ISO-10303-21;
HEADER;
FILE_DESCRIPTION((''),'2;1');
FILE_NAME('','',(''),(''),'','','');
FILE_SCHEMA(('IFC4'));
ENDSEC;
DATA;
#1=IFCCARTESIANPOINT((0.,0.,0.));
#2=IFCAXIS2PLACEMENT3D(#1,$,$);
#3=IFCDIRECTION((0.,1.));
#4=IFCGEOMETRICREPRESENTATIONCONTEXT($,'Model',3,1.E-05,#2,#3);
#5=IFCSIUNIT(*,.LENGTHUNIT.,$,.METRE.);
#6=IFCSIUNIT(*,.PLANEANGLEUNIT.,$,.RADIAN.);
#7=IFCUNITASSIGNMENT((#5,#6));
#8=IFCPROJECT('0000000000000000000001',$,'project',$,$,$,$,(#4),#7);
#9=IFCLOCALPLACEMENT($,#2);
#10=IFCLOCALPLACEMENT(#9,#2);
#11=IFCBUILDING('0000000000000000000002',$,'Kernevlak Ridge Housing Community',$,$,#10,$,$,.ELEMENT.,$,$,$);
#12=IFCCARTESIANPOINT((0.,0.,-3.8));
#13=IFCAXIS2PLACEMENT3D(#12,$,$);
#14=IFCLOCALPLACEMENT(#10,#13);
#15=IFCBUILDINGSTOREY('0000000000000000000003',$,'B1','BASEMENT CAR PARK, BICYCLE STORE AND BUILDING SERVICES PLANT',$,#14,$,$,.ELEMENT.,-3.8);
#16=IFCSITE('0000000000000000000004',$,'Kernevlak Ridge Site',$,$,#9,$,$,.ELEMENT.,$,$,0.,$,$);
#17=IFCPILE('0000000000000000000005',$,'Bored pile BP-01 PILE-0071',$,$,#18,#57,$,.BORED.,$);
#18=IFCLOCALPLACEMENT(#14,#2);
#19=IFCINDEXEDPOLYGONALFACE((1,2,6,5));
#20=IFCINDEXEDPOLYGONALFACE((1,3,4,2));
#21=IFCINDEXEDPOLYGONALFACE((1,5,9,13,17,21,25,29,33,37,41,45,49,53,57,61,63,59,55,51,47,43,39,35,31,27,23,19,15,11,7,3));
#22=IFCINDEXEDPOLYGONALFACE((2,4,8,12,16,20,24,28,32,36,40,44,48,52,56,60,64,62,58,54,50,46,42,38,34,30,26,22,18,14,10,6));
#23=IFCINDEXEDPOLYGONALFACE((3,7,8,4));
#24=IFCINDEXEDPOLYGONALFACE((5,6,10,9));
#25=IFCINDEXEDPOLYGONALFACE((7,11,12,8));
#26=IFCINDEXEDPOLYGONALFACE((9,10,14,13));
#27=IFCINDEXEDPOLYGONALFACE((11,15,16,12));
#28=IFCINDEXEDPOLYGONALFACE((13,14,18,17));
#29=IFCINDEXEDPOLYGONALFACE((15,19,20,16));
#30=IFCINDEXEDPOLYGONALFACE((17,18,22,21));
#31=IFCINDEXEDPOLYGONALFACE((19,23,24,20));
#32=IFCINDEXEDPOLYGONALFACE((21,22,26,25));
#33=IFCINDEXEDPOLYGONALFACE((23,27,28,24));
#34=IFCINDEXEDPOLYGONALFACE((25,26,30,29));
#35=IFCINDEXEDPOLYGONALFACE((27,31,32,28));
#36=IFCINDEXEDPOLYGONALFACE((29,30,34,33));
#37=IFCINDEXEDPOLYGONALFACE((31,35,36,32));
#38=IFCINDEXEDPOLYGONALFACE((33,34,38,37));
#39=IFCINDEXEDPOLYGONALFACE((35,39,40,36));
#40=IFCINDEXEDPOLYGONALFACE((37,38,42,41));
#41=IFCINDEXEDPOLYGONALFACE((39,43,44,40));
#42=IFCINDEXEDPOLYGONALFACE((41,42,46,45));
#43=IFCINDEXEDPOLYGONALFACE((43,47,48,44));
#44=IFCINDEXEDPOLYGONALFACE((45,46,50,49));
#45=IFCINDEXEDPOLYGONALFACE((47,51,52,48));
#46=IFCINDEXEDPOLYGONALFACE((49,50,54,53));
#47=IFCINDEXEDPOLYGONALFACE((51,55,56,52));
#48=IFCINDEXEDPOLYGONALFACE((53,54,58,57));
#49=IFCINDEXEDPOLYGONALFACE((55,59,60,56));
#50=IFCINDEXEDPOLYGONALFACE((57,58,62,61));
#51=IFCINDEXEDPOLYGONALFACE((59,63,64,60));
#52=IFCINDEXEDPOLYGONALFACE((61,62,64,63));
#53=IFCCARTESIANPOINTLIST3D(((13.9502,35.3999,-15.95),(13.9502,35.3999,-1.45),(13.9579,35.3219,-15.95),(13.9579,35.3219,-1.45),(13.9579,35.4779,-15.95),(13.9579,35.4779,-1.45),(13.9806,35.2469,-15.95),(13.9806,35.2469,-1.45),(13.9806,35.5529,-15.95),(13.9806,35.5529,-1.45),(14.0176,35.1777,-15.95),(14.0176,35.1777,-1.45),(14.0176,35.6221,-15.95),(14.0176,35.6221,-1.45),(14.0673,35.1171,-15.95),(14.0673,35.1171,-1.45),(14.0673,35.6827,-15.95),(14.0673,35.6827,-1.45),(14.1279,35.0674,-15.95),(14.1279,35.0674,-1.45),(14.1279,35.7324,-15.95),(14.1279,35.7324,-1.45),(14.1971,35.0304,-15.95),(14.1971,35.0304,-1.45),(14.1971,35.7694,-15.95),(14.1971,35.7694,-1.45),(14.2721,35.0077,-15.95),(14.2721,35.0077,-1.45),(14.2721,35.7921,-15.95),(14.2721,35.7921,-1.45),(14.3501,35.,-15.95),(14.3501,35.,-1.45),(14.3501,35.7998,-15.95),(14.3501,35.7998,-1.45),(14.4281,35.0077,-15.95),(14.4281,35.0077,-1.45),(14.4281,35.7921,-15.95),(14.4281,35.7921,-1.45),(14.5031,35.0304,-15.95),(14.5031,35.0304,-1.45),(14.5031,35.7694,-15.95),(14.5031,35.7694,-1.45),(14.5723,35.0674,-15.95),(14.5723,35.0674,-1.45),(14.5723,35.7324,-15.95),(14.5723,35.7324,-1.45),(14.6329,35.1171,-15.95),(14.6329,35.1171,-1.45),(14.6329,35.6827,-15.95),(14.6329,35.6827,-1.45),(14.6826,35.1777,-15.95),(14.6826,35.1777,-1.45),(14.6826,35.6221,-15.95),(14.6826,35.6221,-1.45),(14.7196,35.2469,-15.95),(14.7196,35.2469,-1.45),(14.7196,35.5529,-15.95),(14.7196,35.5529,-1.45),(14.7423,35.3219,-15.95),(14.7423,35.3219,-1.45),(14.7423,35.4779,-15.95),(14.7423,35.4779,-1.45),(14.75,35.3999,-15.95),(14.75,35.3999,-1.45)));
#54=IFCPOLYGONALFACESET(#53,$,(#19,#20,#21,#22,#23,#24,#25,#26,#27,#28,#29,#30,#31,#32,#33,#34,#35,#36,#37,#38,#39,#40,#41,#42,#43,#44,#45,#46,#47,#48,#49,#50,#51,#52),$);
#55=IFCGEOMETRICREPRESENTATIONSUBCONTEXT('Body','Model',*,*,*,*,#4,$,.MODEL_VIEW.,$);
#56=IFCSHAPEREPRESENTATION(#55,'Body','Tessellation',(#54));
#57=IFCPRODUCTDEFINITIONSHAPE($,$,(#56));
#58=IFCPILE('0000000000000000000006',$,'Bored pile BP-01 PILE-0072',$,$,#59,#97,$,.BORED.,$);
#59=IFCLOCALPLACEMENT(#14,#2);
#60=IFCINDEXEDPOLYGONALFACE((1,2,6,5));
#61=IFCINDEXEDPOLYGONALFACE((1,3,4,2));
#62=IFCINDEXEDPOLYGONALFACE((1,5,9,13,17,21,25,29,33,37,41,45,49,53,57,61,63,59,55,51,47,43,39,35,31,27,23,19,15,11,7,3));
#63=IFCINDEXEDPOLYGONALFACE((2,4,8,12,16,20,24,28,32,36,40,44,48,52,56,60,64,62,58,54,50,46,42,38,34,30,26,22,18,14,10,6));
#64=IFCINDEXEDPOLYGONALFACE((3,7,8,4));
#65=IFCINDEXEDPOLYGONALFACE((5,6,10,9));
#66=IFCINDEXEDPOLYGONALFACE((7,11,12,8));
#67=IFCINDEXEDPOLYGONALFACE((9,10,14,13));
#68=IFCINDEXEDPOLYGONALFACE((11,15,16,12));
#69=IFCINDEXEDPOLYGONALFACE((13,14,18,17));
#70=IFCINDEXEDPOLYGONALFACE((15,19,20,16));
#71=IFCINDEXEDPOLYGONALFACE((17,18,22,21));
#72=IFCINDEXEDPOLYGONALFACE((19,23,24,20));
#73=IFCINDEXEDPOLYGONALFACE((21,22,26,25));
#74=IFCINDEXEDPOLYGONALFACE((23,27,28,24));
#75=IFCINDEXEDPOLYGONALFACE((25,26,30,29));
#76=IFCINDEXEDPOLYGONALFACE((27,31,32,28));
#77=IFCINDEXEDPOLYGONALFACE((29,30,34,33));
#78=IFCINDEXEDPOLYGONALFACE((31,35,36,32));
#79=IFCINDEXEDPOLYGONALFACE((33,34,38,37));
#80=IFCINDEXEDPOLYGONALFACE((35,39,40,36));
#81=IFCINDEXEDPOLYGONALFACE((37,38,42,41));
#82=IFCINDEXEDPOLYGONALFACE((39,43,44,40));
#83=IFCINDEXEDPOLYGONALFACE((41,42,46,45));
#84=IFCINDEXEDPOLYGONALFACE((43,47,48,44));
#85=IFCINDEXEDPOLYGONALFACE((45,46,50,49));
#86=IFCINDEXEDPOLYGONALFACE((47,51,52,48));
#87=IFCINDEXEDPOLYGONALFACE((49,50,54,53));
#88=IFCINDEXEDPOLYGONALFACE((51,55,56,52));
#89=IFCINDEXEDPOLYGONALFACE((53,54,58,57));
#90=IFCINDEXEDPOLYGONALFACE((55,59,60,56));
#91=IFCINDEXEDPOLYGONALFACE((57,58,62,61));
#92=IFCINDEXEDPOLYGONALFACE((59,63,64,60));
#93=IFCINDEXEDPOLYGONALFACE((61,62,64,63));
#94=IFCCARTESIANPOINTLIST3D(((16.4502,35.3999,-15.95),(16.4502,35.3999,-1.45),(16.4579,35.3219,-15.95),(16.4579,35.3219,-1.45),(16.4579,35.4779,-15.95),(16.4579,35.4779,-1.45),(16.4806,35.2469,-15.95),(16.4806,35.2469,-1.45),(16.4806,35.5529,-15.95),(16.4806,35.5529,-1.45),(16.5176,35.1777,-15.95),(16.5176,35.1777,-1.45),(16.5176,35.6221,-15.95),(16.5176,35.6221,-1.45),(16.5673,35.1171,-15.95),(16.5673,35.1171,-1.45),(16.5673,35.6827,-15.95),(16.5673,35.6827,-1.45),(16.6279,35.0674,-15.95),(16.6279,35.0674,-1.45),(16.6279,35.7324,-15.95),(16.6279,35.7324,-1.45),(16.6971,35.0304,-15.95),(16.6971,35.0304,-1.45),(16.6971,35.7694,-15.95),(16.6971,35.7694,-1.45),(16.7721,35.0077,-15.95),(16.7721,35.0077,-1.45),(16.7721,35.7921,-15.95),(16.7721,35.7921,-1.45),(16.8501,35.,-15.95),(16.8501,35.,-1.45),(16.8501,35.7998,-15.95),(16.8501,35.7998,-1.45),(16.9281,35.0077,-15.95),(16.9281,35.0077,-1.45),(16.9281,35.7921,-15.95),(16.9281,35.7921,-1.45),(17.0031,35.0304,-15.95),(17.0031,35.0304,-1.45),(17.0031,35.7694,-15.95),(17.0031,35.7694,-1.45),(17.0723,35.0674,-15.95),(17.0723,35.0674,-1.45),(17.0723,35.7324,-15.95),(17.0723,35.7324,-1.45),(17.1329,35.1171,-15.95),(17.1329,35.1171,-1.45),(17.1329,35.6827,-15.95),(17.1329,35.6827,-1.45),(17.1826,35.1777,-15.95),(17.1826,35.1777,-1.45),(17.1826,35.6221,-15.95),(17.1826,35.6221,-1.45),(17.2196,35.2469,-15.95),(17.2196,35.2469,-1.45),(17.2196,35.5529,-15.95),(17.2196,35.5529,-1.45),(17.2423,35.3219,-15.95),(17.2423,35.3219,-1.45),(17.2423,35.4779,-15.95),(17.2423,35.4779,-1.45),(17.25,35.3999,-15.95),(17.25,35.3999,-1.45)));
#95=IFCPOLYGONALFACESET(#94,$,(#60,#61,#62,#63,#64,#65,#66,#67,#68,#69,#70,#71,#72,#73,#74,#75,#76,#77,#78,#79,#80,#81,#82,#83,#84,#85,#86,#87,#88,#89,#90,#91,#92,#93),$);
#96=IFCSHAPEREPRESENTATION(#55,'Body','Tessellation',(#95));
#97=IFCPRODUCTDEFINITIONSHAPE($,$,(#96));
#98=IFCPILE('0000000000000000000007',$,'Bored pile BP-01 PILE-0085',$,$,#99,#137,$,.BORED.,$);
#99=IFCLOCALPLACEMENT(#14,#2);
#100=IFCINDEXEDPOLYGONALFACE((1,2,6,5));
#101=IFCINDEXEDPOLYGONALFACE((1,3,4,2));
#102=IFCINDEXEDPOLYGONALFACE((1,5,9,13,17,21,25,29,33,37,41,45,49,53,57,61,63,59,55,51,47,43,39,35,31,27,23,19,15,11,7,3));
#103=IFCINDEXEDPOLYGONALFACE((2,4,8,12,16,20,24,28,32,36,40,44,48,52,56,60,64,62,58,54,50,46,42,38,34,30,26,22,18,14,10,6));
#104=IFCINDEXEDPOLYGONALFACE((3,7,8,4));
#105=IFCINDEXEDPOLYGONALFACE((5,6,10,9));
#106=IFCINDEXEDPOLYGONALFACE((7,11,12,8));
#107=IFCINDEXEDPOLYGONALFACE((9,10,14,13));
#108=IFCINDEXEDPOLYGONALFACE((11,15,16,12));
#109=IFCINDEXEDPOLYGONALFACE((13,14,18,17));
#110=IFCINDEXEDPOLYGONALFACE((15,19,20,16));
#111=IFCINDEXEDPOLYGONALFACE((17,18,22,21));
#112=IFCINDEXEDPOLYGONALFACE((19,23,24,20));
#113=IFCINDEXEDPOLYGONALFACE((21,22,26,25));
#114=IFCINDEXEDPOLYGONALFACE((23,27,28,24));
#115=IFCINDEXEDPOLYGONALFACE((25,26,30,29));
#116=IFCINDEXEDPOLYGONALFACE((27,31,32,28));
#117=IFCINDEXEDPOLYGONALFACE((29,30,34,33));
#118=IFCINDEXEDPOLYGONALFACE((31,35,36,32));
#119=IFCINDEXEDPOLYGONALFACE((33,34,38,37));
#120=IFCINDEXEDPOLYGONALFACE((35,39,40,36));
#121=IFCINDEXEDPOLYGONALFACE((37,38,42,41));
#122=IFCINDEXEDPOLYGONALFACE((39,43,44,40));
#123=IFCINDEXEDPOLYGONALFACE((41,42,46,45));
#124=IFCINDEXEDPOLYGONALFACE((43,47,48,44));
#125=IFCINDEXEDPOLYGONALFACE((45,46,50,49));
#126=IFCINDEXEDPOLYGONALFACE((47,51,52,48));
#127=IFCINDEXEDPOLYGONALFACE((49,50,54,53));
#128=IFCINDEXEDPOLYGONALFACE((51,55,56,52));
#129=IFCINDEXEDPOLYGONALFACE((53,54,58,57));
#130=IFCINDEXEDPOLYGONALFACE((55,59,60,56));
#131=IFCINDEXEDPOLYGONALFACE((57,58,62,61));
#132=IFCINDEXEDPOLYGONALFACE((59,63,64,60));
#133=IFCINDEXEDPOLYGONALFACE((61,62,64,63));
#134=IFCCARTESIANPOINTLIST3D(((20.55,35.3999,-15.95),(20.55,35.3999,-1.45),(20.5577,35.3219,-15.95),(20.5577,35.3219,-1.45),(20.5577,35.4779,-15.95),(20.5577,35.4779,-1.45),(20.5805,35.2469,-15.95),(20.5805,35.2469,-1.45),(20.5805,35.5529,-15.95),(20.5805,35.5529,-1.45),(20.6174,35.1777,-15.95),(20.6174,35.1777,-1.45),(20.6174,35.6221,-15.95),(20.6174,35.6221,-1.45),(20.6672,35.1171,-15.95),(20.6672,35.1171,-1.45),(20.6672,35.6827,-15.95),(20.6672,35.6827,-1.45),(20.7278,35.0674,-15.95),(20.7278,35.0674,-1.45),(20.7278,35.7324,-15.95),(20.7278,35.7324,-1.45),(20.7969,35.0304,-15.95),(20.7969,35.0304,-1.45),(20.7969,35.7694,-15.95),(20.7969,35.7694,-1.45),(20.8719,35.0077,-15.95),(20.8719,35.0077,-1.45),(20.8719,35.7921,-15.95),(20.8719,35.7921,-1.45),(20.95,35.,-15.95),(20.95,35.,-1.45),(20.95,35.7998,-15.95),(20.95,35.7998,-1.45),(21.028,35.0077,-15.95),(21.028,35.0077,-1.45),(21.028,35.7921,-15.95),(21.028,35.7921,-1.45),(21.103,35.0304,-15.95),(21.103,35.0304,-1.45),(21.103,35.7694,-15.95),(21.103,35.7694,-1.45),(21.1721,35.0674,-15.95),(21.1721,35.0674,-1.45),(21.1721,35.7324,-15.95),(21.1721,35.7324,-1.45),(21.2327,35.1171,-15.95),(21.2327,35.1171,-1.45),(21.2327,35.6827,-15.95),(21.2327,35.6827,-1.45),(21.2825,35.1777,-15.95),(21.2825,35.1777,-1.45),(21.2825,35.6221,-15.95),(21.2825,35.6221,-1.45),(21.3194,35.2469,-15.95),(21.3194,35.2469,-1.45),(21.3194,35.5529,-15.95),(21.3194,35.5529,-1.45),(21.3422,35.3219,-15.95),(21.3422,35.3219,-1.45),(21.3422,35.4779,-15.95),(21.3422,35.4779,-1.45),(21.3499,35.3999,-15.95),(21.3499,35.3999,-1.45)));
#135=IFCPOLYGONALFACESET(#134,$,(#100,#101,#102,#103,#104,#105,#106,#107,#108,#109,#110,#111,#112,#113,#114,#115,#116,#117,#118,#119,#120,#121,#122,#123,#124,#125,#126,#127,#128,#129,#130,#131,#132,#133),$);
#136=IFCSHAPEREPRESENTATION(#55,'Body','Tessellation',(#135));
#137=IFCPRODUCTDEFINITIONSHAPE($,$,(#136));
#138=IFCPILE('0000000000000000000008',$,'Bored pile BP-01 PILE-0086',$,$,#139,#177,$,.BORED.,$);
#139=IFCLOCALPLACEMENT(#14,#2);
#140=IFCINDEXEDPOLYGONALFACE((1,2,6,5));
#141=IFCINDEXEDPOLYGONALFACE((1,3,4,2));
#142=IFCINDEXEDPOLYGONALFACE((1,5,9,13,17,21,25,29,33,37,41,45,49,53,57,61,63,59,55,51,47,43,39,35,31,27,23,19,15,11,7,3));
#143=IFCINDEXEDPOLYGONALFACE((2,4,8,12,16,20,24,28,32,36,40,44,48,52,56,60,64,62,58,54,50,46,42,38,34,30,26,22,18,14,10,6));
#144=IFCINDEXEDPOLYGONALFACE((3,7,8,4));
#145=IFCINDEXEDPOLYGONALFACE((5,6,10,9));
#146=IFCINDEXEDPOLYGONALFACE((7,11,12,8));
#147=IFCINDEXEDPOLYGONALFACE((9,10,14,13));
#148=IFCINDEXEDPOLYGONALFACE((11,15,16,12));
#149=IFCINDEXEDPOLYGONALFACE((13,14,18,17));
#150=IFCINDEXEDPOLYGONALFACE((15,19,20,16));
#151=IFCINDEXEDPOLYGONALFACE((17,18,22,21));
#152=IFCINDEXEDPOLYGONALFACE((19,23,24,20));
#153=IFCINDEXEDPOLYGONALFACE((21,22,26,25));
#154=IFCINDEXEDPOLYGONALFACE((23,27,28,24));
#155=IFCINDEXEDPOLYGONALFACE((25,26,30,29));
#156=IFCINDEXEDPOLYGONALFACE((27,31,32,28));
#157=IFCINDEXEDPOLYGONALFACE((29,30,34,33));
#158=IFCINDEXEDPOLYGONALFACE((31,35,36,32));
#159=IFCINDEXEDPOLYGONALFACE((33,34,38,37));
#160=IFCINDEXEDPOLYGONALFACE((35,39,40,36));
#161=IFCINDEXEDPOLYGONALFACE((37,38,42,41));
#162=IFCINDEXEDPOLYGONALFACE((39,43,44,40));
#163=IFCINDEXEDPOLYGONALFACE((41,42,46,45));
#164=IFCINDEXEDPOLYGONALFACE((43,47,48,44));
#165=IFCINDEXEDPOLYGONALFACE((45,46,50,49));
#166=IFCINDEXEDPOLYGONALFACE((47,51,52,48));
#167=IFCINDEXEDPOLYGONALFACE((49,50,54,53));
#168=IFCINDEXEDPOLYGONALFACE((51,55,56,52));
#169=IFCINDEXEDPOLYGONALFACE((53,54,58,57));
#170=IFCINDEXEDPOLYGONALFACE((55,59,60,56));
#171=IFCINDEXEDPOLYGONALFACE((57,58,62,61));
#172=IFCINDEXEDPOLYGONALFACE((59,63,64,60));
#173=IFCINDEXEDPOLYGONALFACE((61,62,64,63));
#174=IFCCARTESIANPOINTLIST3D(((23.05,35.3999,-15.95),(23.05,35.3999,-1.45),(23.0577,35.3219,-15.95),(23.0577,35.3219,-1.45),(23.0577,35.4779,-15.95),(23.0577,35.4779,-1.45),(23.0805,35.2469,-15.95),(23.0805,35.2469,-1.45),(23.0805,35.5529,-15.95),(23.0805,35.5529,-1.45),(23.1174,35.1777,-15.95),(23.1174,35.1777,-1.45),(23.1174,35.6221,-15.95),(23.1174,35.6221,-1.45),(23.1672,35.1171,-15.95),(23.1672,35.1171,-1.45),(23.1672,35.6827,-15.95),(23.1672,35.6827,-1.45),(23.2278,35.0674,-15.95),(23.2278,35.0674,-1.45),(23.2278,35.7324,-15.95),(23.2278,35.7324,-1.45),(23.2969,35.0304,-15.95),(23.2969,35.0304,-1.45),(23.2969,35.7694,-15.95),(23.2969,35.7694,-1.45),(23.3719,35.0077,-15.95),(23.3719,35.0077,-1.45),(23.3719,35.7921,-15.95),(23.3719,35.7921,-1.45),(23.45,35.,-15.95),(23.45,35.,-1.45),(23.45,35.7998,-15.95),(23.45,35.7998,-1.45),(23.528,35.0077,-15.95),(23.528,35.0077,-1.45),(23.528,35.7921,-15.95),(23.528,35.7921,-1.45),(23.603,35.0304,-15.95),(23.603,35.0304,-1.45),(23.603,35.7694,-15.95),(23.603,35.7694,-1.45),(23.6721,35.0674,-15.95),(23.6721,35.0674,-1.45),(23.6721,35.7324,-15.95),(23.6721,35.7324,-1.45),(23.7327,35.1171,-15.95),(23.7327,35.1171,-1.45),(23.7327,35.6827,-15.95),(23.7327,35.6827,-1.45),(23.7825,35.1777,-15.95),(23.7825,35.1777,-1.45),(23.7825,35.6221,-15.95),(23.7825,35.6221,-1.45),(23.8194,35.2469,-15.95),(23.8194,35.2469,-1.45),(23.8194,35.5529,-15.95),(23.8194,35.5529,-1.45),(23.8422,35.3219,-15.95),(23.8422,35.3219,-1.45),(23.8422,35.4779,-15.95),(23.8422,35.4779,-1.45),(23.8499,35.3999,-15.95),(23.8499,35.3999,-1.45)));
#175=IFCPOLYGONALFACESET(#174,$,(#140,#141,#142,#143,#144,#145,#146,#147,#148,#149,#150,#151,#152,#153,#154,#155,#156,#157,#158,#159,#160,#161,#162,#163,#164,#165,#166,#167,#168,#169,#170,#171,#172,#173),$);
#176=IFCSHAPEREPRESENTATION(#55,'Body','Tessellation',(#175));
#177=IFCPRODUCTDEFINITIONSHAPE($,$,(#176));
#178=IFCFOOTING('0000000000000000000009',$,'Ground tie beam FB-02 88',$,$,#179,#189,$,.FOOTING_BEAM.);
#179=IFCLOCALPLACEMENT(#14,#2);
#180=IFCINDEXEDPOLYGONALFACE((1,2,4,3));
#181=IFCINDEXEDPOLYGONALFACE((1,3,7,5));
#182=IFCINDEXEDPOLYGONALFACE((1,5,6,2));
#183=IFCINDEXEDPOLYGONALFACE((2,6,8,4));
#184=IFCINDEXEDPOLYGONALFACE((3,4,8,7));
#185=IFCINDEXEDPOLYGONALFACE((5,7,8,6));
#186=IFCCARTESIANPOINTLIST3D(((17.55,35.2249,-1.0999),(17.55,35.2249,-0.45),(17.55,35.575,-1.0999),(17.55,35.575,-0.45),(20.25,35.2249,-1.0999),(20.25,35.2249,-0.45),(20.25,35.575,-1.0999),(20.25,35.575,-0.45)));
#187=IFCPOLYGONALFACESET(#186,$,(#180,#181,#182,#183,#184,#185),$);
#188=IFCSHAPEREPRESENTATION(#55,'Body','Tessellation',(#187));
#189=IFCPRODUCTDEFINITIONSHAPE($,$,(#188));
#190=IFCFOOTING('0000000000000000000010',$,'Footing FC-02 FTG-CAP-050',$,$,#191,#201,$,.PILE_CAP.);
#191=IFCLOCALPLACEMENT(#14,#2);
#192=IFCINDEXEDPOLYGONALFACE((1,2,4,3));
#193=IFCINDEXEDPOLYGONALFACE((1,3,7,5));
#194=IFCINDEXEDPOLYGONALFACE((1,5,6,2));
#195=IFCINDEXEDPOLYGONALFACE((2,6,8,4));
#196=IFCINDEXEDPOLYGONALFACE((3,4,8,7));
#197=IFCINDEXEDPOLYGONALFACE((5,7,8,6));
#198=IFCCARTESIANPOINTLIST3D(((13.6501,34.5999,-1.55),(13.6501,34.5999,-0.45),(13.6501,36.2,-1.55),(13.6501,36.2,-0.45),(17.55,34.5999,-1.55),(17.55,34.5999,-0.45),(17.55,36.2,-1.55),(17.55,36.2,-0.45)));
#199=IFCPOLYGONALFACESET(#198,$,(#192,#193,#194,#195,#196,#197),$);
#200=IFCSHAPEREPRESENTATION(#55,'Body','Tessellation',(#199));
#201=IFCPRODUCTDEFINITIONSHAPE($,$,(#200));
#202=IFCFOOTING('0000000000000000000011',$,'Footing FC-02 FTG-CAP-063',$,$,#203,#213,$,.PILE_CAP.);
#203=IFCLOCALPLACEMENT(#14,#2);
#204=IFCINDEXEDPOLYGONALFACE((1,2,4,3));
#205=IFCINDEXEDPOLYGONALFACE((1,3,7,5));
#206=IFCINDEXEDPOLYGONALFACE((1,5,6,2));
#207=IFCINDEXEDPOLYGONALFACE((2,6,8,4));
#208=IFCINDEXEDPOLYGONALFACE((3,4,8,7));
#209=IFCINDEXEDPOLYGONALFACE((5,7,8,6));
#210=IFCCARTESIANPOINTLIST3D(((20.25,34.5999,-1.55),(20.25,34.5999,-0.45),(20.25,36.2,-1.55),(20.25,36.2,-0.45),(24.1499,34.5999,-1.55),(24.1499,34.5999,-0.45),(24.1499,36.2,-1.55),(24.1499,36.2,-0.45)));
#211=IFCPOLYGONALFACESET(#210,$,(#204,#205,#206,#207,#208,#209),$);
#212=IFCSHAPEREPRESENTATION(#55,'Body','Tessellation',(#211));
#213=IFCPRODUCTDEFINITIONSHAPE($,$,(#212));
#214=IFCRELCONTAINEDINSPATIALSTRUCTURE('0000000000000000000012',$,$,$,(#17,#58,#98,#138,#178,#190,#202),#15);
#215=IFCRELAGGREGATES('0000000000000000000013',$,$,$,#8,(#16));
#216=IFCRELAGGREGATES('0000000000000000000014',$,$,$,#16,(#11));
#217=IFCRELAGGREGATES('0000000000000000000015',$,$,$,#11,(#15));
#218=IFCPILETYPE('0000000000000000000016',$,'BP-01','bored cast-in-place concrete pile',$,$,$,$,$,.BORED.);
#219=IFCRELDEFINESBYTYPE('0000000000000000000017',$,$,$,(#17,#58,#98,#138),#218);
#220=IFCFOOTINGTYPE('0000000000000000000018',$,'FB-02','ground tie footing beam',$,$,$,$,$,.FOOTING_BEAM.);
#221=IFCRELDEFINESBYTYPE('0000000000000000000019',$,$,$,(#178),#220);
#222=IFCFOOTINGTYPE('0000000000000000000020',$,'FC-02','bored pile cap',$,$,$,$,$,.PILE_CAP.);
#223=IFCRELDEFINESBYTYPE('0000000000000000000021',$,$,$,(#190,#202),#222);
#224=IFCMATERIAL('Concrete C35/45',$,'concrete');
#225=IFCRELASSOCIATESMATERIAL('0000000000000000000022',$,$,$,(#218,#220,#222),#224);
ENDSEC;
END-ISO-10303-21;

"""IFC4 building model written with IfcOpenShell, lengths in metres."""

from ifc_helpers import new_model, si_unit, direction, frame, origin, origin_2d, place, context, subcontext, project, spatial, rectangle, circle, extrude, material, material_profile, profile_set, type_object, element, save


model = new_model("IFC4")

# Units and contexts
model_context = context("Model", 3, precision=1e-05, world=origin(), true_north=direction((0.0, 1.0)))
body_context = subcontext(model_context, "Body", "Model", "MODEL_VIEW")
ifc_project = project(units=[si_unit("LENGTHUNIT", "METRE"), si_unit("PLANEANGLEUNIT", "RADIAN")], contexts=[model_context])

# Site, building, storey
site_placement = place(None, origin())
site = spatial("IfcSite", under=ifc_project, at=site_placement, Name="Kernevlak Ridge Site", CompositionType="ELEMENT", RefElevation=0.0)
building_placement = place(site_placement, origin())
building = spatial("IfcBuilding", under=site, at=building_placement, Name="Kernevlak Ridge Housing Community", CompositionType="ELEMENT")
storey_placement = place(building_placement, frame((0.0, 0.0, -3.8)))
storey = spatial("IfcBuildingStorey", under=building, at=storey_placement, Name="B1", Description="BASEMENT CAR PARK, BICYCLE STORE AND BUILDING SERVICES PLANT", CompositionType="ELEMENT", Elevation=-3.8)

# Piles
ifc_material_1 = material(Name="Concrete C35/45", Category="concrete")
ifc_material_profile_1 = material_profile(ifc_material_1, circle(Radius=0.3999, at=origin_2d()), Name="BORED PILE 800")
ifc_profile_set_1 = profile_set([ifc_material_profile_1], Name="Concrete C35/45")
pile_type = type_object("IfcPileType", Name="BP-01", Description="bored cast-in-place concrete pile", PredefinedType="BORED", material=ifc_profile_set_1)
for number, where, z_axis, x_axis, name in (
    (1, (14.3501, 35.3999, -1.45), (0.0, 0.0, -1.0), (1.0, 0.0, 0.0), "Bored pile BP-01 PILE-0071"),
    (2, (16.8501, 35.3999, -1.45), (0.0, 0.0, -1.0), (1.0, 0.0, 0.0), "Bored pile BP-01 PILE-0072"),
    (3, (20.95, 35.3999, -1.45), (0.0, 0.0, -1.0), (1.0, 0.0, 0.0), "Bored pile BP-01 PILE-0085"),
    (4, (23.45, 35.3999, -1.45), (0.0, 0.0, -1.0), (1.0, 0.0, 0.0), "Bored pile BP-01 PILE-0086"),
):
    element("IfcPile", number, at=place(storey_placement, frame(where, z_axis=z_axis, x_axis=x_axis)), inside=storey, type_object=pile_type, Name=name, PredefinedType="BORED", context=body_context, shape_type="SweptSolid", body=[
        extrude(circle(Radius=0.3999, at=origin_2d()), origin(), (0.0, 0.0, 1.0), 14.5),
    ])

# Footings
ifc_material_profile_2 = material_profile(ifc_material_1, rectangle(XDim=0.3501, YDim=0.6499, at=origin_2d()), Name="RC 350x650")
ifc_profile_set_2 = profile_set([ifc_material_profile_2], Name="Concrete C35/45")
footing_type_1 = type_object("IfcFootingType", Name="FB-02", Description="ground tie footing beam", PredefinedType="FOOTING_BEAM", material=ifc_profile_set_2)
footing_placement = place(storey_placement, frame((17.55, 35.3999, -0.7749), z_axis=(1.0, 0.0, 0.0), x_axis=(0.0, 1.0, 0.0)))
element("IfcFooting", 5, at=footing_placement, inside=storey, type_object=footing_type_1, Name="Ground tie beam FB-02 88", PredefinedType="FOOTING_BEAM", context=body_context, shape_type="SweptSolid", body=[
    extrude(rectangle(XDim=0.3501, YDim=0.6499, at=origin_2d()), origin(), (0.0, 0.0, 1.0), 2.7),
])
footing_type_2 = type_object("IfcFootingType", Name="FC-02", Description="bored pile cap", PredefinedType="PILE_CAP", material=ifc_material_1)
for number, where, z_axis, x_axis, name in (
    (6, (15.6001, 35.3999, -1.55), (0.0, 0.0, 1.0), (1.0, 0.0, 0.0), "Footing FC-02 FTG-CAP-050"),
    (7, (22.2, 35.3999, -1.55), (0.0, 0.0, 1.0), (1.0, 0.0, 0.0), "Footing FC-02 FTG-CAP-063"),
):
    element("IfcFooting", number, at=place(storey_placement, frame(where, z_axis=z_axis, x_axis=x_axis)), inside=storey, type_object=footing_type_2, Name=name, PredefinedType="PILE_CAP", context=body_context, shape_type="SweptSolid", body=[
        extrude(rectangle(XDim=3.8999, YDim=1.6001, at=origin_2d()), origin(), (0.0, 0.0, 1.0), 1.1001),
    ])

save(model, "model.ifc")
